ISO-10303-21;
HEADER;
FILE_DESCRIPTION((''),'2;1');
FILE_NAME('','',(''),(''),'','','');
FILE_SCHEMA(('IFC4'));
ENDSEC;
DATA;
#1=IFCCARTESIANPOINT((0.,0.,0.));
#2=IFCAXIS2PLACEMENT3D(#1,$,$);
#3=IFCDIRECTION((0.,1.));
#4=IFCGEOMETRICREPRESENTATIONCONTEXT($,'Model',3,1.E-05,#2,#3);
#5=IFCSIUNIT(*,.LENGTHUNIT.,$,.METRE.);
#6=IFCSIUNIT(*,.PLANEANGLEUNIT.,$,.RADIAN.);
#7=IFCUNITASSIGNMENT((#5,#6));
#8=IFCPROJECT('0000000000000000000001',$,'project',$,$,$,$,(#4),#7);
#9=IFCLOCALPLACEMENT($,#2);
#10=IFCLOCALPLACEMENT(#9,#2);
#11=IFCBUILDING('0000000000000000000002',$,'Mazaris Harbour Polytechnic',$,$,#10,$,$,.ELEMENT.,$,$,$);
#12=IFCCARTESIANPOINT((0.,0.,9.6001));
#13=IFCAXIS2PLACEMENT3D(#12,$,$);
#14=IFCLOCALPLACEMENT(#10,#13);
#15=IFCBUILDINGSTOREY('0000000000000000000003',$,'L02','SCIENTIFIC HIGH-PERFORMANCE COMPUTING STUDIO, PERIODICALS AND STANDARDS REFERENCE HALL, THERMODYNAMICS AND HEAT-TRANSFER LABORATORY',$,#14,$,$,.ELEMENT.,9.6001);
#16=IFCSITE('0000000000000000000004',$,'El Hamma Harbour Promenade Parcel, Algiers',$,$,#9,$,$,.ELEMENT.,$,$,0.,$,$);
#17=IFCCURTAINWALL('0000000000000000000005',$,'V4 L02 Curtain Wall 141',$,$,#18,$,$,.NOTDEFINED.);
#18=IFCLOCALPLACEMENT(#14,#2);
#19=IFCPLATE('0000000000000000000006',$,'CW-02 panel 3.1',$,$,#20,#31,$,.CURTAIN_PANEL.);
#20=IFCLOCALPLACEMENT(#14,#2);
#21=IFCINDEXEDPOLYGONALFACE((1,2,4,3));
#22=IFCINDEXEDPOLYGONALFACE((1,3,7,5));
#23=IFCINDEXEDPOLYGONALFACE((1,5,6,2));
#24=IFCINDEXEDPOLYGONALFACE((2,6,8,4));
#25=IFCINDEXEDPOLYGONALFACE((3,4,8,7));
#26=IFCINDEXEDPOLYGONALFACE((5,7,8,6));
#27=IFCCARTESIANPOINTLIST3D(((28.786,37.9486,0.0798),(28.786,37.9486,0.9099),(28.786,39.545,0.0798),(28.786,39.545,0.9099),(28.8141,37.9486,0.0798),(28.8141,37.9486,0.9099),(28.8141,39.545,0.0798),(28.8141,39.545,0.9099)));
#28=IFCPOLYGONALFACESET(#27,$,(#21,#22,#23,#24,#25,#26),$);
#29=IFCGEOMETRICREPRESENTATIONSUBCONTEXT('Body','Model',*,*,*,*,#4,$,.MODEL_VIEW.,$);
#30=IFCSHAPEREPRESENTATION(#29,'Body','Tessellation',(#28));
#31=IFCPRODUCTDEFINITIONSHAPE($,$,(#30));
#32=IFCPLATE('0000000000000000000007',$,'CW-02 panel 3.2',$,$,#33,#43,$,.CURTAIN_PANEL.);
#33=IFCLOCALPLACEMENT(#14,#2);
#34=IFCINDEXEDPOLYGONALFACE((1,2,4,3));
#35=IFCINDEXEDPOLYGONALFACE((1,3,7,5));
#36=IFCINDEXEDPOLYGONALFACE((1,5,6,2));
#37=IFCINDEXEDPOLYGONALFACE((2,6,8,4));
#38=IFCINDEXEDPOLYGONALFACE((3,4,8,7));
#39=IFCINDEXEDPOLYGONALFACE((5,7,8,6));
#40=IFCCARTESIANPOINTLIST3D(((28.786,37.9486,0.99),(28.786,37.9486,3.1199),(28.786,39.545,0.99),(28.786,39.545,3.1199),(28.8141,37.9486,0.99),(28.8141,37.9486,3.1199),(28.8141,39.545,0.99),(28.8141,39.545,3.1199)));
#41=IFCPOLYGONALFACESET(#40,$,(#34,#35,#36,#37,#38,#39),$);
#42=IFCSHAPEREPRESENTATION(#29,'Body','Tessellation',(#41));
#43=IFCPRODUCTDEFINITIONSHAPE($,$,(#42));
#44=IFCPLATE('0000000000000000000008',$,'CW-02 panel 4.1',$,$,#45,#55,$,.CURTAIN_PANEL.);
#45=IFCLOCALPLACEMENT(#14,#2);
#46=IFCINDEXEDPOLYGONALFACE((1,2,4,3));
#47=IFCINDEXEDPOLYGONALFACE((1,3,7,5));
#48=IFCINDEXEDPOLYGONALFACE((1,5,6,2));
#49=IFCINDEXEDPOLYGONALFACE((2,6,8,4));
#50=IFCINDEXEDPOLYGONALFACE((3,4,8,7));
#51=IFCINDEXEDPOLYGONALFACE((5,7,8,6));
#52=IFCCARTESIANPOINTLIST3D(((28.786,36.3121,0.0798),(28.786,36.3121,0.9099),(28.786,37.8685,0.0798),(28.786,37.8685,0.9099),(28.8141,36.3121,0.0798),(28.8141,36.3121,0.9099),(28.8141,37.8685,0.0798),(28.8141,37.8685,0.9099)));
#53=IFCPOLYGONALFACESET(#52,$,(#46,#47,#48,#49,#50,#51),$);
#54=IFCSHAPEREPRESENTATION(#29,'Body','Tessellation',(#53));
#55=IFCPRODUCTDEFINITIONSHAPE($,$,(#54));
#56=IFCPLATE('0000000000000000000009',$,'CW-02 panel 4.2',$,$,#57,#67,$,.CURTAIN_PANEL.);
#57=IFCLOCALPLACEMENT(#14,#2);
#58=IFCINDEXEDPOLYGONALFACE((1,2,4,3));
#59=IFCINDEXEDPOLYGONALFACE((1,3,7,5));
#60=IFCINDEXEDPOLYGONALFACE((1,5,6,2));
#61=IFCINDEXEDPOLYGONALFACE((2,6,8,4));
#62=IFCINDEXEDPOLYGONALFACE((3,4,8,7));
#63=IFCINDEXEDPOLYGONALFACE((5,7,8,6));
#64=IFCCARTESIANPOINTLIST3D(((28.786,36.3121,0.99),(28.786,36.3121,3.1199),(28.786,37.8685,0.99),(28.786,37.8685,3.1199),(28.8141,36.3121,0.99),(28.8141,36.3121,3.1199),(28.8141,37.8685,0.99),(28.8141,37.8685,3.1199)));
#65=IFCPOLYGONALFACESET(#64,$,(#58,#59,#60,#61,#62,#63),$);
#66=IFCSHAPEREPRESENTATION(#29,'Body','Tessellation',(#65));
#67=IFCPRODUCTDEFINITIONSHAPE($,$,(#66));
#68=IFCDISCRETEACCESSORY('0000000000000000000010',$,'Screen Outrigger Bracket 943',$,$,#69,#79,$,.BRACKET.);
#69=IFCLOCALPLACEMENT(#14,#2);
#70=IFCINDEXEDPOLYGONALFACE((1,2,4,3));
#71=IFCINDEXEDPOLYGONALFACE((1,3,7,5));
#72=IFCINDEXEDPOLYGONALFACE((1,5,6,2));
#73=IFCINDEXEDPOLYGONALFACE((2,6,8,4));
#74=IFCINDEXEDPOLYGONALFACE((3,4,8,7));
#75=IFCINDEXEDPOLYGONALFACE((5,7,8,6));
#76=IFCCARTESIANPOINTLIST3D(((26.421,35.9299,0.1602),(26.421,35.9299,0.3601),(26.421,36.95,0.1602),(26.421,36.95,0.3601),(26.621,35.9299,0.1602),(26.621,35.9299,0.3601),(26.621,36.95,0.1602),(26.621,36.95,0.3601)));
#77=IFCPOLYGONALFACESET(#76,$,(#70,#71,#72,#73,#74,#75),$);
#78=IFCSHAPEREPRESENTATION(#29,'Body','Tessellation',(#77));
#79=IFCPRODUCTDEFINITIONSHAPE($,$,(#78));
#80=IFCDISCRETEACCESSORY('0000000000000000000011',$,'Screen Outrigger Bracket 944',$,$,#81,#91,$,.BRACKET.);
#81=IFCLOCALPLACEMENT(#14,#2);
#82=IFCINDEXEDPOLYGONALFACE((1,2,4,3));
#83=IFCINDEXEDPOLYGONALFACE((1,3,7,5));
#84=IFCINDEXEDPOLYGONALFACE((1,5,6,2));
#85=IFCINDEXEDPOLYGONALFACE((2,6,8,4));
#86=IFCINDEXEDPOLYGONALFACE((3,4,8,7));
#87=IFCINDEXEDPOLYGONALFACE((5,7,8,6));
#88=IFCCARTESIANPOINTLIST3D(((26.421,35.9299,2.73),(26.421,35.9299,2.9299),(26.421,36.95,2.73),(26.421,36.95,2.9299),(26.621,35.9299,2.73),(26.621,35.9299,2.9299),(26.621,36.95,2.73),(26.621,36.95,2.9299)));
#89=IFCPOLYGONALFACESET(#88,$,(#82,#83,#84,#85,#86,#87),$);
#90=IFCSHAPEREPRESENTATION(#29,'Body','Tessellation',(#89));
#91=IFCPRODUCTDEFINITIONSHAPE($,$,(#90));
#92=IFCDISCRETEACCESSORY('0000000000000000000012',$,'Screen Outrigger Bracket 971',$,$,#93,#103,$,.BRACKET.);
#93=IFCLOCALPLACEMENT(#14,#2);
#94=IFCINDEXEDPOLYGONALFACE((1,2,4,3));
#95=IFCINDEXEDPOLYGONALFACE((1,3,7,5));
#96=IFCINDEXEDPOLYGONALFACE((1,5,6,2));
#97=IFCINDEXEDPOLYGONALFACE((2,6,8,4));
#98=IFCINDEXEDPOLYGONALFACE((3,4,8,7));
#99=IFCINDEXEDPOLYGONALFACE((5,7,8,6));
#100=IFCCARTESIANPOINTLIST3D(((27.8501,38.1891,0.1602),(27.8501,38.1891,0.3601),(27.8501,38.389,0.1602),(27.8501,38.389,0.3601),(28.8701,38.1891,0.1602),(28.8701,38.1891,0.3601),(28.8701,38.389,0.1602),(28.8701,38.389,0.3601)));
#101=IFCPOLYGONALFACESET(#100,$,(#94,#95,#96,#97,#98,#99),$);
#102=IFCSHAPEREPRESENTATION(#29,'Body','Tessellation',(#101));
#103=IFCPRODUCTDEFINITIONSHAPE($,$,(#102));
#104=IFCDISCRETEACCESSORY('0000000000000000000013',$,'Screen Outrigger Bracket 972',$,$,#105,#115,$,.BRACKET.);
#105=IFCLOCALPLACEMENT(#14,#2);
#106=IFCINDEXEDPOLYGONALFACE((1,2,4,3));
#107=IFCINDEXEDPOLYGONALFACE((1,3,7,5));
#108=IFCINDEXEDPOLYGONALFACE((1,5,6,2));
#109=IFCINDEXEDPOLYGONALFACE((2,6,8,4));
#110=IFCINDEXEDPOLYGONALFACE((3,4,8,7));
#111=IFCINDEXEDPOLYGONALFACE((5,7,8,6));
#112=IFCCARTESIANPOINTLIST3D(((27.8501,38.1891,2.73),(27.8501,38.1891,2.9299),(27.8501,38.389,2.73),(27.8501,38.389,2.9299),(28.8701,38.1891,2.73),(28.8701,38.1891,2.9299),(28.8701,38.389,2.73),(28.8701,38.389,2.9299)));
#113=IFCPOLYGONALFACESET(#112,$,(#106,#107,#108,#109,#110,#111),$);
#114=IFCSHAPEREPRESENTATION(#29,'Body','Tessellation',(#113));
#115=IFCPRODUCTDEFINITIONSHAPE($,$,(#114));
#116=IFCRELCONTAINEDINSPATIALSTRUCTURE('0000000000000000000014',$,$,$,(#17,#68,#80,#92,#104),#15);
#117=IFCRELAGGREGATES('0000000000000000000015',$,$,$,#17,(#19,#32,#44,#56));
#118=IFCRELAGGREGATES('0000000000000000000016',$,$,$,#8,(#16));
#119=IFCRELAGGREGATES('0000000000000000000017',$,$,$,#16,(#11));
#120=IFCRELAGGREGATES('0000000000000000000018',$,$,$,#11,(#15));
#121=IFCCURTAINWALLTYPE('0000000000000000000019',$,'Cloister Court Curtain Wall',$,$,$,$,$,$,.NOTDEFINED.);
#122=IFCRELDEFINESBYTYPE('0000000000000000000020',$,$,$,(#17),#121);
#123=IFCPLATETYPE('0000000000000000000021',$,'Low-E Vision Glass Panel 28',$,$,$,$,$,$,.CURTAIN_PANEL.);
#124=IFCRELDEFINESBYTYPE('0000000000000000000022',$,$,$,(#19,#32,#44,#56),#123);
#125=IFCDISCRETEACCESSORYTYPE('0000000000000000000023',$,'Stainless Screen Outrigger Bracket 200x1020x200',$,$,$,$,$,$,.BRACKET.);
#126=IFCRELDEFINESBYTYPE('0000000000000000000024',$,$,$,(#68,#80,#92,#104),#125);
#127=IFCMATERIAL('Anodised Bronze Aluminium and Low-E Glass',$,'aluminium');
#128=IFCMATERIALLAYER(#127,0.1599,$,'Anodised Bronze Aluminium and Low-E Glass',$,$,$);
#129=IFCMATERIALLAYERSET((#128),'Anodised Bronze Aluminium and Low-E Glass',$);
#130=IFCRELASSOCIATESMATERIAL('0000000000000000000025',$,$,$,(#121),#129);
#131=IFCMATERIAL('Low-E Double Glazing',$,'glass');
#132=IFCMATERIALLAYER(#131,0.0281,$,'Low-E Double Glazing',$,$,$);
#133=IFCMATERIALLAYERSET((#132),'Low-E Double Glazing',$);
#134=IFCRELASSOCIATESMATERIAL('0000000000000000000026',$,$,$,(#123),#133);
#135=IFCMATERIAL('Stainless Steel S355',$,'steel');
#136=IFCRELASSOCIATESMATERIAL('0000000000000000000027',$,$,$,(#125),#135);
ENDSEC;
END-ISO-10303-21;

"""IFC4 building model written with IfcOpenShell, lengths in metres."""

from ifc_helpers import new_model, si_unit, direction, frame, origin, origin_2d, place, context, subcontext, project, spatial, rectangle, extrude, material, layer, layer_set, type_object, element, aggregate, save


model = new_model("IFC4")

# Units and contexts
model_context = context("Model", 3, precision=1e-05, world=origin(), true_north=direction((0.0, 1.0)))
body_context = subcontext(model_context, "Body", "Model", "MODEL_VIEW")
ifc_project = project(units=[si_unit("LENGTHUNIT", "METRE"), si_unit("PLANEANGLEUNIT", "RADIAN")], contexts=[model_context])

# Site, building, storey
site_placement = place(None, origin())
site = spatial("IfcSite", under=ifc_project, at=site_placement, Name="El Hamma Harbour Promenade Parcel, Algiers", CompositionType="ELEMENT", RefElevation=0.0)
building_placement = place(site_placement, origin())
building = spatial("IfcBuilding", under=site, at=building_placement, Name="Mazaris Harbour Polytechnic", CompositionType="ELEMENT")
storey_placement = place(building_placement, frame((0.0, 0.0, 9.6001)))
storey = spatial("IfcBuildingStorey", under=building, at=storey_placement, Name="L02", Description="SCIENTIFIC HIGH-PERFORMANCE COMPUTING STUDIO, PERIODICALS AND STANDARDS REFERENCE HALL, THERMODYNAMICS AND HEAT-TRANSFER LABORATORY", CompositionType="ELEMENT", Elevation=9.6001)

# Curtain wall
ifc_material_1 = material(Name="Anodised Bronze Aluminium and Low-E Glass", Category="aluminium")
ifc_layer_1 = layer(ifc_material_1, 0.1599, Name="Anodised Bronze Aluminium and Low-E Glass")
ifc_layer_set_1 = layer_set([ifc_layer_1], Name="Anodised Bronze Aluminium and Low-E Glass")
curtain_wall_type = type_object("IfcCurtainWallType", Name="Cloister Court Curtain Wall", PredefinedType="NOTDEFINED", material=ifc_layer_set_1)
curtain_wall_1_placement = place(storey_placement, origin())
curtain_wall_1 = element("IfcCurtainWall", 1, at=curtain_wall_1_placement, inside=storey, type_object=curtain_wall_type, Name="V4 L02 Curtain Wall 141", PredefinedType="NOTDEFINED")

# Plates
ifc_material_2 = material(Name="Low-E Double Glazing", Category="glass")
ifc_layer_2 = layer(ifc_material_2, 0.0281, Name="Low-E Double Glazing")
ifc_layer_set_2 = layer_set([ifc_layer_2], Name="Low-E Double Glazing")
plate_type = type_object("IfcPlateType", Name="Low-E Vision Glass Panel 28", PredefinedType="CURTAIN_PANEL", material=ifc_layer_set_2)
plate_1_placement = place(storey_placement, frame((28.8, 38.7468, 0.0798), z_axis=(0.0, 0.0, 1.0), x_axis=(0.0, -1.0, 0.0)))
plate_1 = element("IfcPlate", 2, at=plate_1_placement, type_object=plate_type, Name="CW-02 panel 3.1", PredefinedType="CURTAIN_PANEL", context=body_context, shape_type="SweptSolid", body=[
    extrude(rectangle(XDim=1.5964, YDim=0.0281, at=origin_2d()), origin(), (0.0, 0.0, 1.0), 0.8301),
])
plate_2_placement = place(storey_placement, frame((28.8, 38.7468, 0.99), z_axis=(0.0, 0.0, 1.0), x_axis=(0.0, -1.0, 0.0)))
plate_2 = element("IfcPlate", 3, at=plate_2_placement, type_object=plate_type, Name="CW-02 panel 3.2", PredefinedType="CURTAIN_PANEL", context=body_context, shape_type="SweptSolid", body=[
    extrude(rectangle(XDim=1.5964, YDim=0.0281, at=origin_2d()), origin(), (0.0, 0.0, 1.0), 2.1299),
])
plate_3_placement = place(storey_placement, frame((28.8, 37.0903, 0.0798), z_axis=(0.0, 0.0, 1.0), x_axis=(0.0, -1.0, 0.0)))
plate_3 = element("IfcPlate", 4, at=plate_3_placement, type_object=plate_type, Name="CW-02 panel 4.1", PredefinedType="CURTAIN_PANEL", context=body_context, shape_type="SweptSolid", body=[
    extrude(rectangle(XDim=1.5564, YDim=0.0281, at=origin_2d()), origin(), (0.0, 0.0, 1.0), 0.8301),
])
plate_4_placement = place(storey_placement, frame((28.8, 37.0903, 0.99), z_axis=(0.0, 0.0, 1.0), x_axis=(0.0, -1.0, 0.0)))
plate_4 = element("IfcPlate", 5, at=plate_4_placement, type_object=plate_type, Name="CW-02 panel 4.2", PredefinedType="CURTAIN_PANEL", context=body_context, shape_type="SweptSolid", body=[
    extrude(rectangle(XDim=1.5564, YDim=0.0281, at=origin_2d()), origin(), (0.0, 0.0, 1.0), 2.1299),
])
aggregate(curtain_wall_1, [plate_1, plate_2, plate_3, plate_4])

# Discrete accessories
ifc_material_3 = material(Name="Stainless Steel S355", Category="steel")
discrete_accessory_type = type_object("IfcDiscreteAccessoryType", Name="Stainless Screen Outrigger Bracket 200x1020x200", PredefinedType="BRACKET", material=ifc_material_3)
for number, where, z_axis, x_axis, name in (
    (6, (26.521, 36.4399, 0.1602), (0.0, 0.0, 1.0), (1.0, 0.0, 0.0), "Screen Outrigger Bracket 943"),
    (7, (26.521, 36.4399, 2.73), (0.0, 0.0, 1.0), (1.0, 0.0, 0.0), "Screen Outrigger Bracket 944"),
    (8, (28.3601, 38.2891, 0.1602), (0.0, 0.0, 1.0), (0.0, -1.0, 0.0), "Screen Outrigger Bracket 971"),
    (9, (28.3601, 38.2891, 2.73), (0.0, 0.0, 1.0), (0.0, -1.0, 0.0), "Screen Outrigger Bracket 972"),
):
    element("IfcDiscreteAccessory", number, at=place(storey_placement, frame(where, z_axis=z_axis, x_axis=x_axis)), inside=storey, type_object=discrete_accessory_type, Name=name, PredefinedType="BRACKET", context=body_context, shape_type="SweptSolid", body=[
        extrude(rectangle(XDim=0.2, YDim=1.02, at=origin_2d()), origin(), (0.0, 0.0, 1.0), 0.2),
    ])

save(model, "model.ifc")
